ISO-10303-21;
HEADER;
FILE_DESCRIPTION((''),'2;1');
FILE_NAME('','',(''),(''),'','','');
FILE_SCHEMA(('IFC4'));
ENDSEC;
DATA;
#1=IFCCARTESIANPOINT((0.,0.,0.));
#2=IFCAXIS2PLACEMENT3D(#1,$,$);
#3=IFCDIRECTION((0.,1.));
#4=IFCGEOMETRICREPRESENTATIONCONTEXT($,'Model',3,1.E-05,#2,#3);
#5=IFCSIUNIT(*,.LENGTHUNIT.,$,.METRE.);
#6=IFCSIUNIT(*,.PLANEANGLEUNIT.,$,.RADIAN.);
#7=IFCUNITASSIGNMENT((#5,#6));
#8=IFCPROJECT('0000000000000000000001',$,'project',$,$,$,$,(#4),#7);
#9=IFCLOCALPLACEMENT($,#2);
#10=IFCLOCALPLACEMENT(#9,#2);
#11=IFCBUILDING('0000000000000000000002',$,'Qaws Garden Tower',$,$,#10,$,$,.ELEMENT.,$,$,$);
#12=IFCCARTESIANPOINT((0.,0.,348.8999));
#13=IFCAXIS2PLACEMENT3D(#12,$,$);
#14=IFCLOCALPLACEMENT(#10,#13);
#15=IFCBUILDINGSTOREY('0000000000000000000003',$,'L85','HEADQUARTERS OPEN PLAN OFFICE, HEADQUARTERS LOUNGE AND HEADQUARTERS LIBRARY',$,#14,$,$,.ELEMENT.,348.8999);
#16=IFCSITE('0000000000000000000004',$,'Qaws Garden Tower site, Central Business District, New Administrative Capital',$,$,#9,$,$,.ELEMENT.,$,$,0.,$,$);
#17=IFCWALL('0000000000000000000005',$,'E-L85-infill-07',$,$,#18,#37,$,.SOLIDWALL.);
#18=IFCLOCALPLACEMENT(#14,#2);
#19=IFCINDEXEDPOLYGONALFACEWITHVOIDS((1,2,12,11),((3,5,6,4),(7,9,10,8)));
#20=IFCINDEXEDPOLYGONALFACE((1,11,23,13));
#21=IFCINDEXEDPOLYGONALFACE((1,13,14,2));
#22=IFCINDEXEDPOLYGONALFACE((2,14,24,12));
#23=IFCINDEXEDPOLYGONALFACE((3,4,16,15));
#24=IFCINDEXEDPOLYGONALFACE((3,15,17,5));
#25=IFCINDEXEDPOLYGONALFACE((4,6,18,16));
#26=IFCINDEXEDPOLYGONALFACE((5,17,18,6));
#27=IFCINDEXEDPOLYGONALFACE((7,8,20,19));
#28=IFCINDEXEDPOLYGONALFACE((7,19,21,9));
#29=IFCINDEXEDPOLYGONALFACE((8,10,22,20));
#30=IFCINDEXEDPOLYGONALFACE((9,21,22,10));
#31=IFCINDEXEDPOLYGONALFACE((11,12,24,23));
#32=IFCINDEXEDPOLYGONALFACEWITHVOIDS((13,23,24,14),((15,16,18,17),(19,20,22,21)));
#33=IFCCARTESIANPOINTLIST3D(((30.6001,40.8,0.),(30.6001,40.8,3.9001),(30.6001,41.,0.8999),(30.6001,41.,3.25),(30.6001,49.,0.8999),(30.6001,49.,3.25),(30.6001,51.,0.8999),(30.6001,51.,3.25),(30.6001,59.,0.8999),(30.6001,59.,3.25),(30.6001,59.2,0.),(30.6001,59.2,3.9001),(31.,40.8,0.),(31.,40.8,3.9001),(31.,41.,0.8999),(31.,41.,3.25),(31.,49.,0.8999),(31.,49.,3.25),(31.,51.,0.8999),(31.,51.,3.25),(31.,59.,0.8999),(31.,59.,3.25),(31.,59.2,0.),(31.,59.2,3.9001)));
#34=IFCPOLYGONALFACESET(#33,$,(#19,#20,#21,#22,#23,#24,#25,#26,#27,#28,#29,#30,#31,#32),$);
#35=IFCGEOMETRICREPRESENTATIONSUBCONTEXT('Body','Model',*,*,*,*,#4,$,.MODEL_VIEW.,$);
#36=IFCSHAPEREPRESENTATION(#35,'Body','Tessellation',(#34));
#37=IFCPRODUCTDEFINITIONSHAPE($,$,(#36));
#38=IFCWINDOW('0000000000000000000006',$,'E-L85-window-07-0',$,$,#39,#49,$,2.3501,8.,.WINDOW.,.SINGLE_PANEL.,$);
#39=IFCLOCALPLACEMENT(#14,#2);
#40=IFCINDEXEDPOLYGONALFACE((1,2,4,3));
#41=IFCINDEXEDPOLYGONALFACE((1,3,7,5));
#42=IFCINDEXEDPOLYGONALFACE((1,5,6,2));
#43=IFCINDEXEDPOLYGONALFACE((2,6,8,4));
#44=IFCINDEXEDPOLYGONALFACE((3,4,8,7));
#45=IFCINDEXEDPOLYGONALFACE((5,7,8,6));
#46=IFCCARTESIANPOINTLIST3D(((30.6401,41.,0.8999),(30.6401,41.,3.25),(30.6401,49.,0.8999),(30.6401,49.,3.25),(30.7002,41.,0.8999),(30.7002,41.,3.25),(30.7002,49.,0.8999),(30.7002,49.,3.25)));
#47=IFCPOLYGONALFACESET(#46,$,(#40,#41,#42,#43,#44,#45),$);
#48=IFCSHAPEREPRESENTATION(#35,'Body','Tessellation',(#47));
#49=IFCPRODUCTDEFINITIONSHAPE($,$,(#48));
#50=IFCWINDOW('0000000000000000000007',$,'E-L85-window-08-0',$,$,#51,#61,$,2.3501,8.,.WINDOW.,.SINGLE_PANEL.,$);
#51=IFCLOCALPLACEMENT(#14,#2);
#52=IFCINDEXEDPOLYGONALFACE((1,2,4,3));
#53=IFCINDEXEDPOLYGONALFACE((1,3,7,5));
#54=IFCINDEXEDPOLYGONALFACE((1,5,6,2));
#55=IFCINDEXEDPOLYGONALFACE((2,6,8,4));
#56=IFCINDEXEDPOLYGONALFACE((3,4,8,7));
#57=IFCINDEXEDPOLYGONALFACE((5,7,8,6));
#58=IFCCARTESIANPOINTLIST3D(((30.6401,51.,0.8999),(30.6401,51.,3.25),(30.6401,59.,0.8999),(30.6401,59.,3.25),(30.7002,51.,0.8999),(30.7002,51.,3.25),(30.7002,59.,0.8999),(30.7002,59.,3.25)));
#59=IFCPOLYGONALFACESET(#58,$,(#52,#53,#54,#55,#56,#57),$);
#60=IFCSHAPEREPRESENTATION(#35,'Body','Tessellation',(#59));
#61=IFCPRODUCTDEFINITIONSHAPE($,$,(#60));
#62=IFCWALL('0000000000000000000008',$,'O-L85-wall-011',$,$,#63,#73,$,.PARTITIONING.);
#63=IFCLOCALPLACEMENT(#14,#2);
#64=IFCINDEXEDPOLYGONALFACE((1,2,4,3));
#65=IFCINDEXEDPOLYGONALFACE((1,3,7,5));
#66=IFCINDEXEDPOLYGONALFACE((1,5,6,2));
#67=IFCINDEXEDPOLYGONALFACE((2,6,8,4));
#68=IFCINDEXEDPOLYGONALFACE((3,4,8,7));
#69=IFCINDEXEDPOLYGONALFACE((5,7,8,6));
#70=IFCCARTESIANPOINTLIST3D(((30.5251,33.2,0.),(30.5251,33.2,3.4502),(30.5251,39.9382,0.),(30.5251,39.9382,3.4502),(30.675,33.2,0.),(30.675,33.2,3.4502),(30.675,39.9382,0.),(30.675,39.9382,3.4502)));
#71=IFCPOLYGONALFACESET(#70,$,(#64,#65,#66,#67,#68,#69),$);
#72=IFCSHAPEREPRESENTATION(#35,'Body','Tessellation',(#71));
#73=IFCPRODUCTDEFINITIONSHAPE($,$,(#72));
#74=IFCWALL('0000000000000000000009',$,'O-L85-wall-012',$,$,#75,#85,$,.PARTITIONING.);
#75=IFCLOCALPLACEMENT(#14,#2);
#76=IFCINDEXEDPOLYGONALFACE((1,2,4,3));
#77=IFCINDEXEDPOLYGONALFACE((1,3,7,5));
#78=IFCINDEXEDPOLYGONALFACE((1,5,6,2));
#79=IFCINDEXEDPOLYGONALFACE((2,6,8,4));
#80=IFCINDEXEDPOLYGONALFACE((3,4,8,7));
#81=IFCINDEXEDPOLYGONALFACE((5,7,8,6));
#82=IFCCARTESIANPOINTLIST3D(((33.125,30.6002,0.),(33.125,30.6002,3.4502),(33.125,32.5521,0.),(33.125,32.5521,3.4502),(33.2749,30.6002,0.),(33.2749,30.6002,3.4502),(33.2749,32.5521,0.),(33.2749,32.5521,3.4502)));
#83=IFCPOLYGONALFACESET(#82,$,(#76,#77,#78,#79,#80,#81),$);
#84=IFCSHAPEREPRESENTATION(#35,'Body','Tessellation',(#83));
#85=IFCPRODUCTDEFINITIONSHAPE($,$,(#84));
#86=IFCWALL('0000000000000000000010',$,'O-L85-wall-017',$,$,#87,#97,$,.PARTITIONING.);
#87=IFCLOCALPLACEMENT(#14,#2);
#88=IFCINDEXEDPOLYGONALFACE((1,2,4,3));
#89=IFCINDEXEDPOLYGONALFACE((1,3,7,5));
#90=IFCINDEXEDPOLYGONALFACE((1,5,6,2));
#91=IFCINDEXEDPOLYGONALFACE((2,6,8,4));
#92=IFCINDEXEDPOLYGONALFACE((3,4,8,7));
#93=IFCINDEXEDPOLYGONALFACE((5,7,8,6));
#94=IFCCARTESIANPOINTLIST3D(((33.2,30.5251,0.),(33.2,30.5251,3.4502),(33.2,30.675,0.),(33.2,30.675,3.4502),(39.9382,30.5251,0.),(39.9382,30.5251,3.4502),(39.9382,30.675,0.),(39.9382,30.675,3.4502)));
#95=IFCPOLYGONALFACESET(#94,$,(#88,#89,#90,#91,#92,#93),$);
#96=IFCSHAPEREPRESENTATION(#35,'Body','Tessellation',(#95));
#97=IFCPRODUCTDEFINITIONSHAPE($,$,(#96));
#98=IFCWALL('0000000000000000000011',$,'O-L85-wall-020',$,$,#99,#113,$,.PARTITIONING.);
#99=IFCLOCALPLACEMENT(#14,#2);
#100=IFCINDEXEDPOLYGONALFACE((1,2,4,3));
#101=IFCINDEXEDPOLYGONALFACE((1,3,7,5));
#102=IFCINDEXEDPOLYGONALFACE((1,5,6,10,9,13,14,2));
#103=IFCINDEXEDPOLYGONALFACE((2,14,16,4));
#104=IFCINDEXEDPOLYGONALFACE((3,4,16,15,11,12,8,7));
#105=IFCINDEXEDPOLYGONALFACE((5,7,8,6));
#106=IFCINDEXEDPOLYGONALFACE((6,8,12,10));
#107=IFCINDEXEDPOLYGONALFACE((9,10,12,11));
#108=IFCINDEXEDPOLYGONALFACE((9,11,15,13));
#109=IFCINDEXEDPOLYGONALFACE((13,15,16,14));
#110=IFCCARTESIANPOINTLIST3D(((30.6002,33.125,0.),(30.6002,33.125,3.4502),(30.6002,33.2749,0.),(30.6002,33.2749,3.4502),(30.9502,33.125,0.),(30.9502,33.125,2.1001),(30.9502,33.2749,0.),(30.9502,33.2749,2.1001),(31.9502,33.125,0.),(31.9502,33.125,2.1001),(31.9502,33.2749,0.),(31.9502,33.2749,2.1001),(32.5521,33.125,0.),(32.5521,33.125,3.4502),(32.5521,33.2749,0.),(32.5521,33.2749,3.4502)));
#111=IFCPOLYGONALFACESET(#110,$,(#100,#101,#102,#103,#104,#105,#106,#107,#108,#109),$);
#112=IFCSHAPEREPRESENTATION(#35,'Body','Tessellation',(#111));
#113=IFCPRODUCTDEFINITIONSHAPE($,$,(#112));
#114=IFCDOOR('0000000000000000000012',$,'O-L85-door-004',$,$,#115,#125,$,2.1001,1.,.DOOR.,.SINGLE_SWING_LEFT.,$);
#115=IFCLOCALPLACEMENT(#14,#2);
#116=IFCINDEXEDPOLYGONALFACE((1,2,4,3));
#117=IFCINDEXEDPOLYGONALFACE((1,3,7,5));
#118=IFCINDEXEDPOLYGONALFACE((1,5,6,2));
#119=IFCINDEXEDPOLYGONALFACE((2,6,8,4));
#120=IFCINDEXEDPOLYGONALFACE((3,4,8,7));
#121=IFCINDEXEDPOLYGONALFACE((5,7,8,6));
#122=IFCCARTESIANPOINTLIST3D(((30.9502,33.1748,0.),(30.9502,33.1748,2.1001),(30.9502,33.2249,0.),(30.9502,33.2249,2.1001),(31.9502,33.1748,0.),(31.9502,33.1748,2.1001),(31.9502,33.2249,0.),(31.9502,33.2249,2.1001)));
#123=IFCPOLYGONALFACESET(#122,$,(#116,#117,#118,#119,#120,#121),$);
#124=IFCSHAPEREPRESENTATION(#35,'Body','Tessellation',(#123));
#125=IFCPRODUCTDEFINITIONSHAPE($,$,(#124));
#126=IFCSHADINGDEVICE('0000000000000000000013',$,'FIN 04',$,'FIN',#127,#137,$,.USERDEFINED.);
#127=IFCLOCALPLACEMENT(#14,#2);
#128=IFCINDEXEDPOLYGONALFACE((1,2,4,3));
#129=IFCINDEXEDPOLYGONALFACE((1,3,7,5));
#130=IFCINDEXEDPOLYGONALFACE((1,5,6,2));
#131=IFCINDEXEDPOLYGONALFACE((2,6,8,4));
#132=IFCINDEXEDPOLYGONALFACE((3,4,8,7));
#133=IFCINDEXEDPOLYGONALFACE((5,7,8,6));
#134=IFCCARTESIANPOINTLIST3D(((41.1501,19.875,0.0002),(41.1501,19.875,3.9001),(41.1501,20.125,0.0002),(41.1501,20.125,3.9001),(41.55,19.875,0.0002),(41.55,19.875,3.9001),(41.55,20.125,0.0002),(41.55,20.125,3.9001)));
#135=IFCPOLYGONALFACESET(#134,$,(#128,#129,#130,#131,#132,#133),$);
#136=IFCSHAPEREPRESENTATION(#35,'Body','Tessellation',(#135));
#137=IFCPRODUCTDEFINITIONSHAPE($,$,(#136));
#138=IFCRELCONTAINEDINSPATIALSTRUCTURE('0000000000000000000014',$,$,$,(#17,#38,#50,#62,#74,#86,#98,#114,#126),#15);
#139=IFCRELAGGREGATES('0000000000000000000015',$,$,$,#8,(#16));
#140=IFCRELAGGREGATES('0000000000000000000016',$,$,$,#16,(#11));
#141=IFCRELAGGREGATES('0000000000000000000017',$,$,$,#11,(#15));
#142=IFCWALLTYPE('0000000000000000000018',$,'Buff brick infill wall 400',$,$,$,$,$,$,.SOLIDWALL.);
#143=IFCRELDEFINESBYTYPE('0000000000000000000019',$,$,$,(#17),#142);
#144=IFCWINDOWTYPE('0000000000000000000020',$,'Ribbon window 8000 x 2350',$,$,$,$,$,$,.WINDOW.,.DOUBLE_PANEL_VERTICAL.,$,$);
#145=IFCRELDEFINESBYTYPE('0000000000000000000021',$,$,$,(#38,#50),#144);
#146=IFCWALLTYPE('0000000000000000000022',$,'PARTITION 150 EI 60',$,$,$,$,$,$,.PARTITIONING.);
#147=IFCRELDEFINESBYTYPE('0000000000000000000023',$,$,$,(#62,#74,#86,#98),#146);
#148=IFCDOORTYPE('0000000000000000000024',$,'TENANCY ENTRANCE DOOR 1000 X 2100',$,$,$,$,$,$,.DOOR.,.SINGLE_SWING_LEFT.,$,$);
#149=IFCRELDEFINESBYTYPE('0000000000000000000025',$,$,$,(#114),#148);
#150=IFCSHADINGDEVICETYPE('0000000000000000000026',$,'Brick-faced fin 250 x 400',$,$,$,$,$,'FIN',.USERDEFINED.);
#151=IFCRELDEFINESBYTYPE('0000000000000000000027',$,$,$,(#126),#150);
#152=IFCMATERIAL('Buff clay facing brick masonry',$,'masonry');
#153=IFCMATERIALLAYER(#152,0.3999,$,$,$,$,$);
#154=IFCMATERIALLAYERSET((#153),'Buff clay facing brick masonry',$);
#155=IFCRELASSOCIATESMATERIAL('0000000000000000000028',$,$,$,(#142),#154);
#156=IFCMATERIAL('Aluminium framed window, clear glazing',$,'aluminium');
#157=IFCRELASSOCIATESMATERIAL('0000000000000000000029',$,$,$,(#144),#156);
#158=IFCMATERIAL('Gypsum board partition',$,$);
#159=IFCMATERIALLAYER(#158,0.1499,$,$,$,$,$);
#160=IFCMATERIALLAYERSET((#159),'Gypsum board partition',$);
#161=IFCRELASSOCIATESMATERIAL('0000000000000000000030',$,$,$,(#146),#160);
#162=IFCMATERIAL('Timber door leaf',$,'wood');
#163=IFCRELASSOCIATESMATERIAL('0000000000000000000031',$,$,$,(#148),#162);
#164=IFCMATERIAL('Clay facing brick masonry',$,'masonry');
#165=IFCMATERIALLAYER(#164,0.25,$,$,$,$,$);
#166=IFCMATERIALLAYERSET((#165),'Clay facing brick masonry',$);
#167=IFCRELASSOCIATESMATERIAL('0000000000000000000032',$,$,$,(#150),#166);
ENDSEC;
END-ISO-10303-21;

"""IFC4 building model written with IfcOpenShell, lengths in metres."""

from ifc_helpers import new_model, si_unit, direction, frame, frame_2d, origin, origin_2d, place, context, subcontext, project, spatial, rectangle, extrude, material, layer, layer_set, type_object, element, fill, save


model = new_model("IFC4")

# Units and contexts
model_context = context("Model", 3, precision=1e-05, world=origin(), true_north=direction((0.0, 1.0)))
body_context = subcontext(model_context, "Body", "Model", "MODEL_VIEW")
ifc_project = project(units=[si_unit("LENGTHUNIT", "METRE"), si_unit("PLANEANGLEUNIT", "RADIAN")], contexts=[model_context])

# Site, building, storey
site_placement = place(None, origin())
site = spatial("IfcSite", under=ifc_project, at=site_placement, Name="Qaws Garden Tower site, Central Business District, New Administrative Capital", CompositionType="ELEMENT", RefElevation=0.0)
building_placement = place(site_placement, origin())
building = spatial("IfcBuilding", under=site, at=building_placement, Name="Qaws Garden Tower", CompositionType="ELEMENT")
storey_placement = place(building_placement, frame((0.0, 0.0, 348.8999)))
storey = spatial("IfcBuildingStorey", under=building, at=storey_placement, Name="L85", Description="HEADQUARTERS OPEN PLAN OFFICE, HEADQUARTERS LOUNGE AND HEADQUARTERS LIBRARY", CompositionType="ELEMENT", Elevation=348.8999)

# Shared definitions
ifc_material_1 = material(Name="Buff clay facing brick masonry", Category="masonry")
ifc_layer_1 = layer(ifc_material_1, 0.3999)
ifc_layer_set_1 = layer_set([ifc_layer_1], Name="Buff clay facing brick masonry")
wall_type_1 = type_object("IfcWallType", Name="Buff brick infill wall 400", PredefinedType="SOLIDWALL", material=ifc_layer_set_1)

# Wall, openings, windows
wall_1_placement = place(storey_placement, frame((30.8, 40.8, 0.0), z_axis=(0.0, 0.0, 1.0), x_axis=(0.0, 1.0, 0.0)))
wall_1 = element("IfcWall", 1, at=wall_1_placement, inside=storey, type_object=wall_type_1, Name="E-L85-infill-07", PredefinedType="SOLIDWALL", context=body_context, shape_type="SweptSolid", body=[
    extrude(rectangle(XDim=18.3999, YDim=0.3999, at=frame_2d((9.2, 0.0))), origin(), (0.0, 0.0, 1.0), 3.9001),
])
opening_1_placement = place(wall_1_placement, frame((0.2, 0.0, 0.8999)))
opening_1 = element("IfcOpeningElement", 2, at=opening_1_placement, cuts=wall_1, PredefinedType="OPENING", context=body_context, shape_type="SweptSolid", body=[
    extrude(rectangle(XDim=8.0, YDim=2.3501, at=frame_2d((4.0, 1.175))), frame((0.0, 0.21, 0.0), z_axis=(0.0, -1.0, 0.0), x_axis=(1.0, 0.0, 0.0)), (0.0, 0.0, 1.0), 0.4199),
])
opening_2_placement = place(wall_1_placement, frame((10.2, 0.0, 0.8999)))
opening_2 = element("IfcOpeningElement", 3, at=opening_2_placement, cuts=wall_1, PredefinedType="OPENING", context=body_context, shape_type="SweptSolid", body=[
    extrude(rectangle(XDim=8.0, YDim=2.3501, at=frame_2d((4.0, 1.175))), frame((0.0, 0.21, 0.0), z_axis=(0.0, -1.0, 0.0), x_axis=(1.0, 0.0, 0.0)), (0.0, 0.0, 1.0), 0.4199),
])
ifc_material_2 = material(Name="Aluminium framed window, clear glazing", Category="aluminium")
window_type_1 = type_object("IfcWindowType", Name="Ribbon window 8000 x 2350", PartitioningType="DOUBLE_PANEL_VERTICAL", PredefinedType="WINDOW", material=ifc_material_2)
window_1_placement = place(opening_1_placement, origin())
window_1 = element("IfcWindow", 4, at=window_1_placement, inside=storey, type_object=window_type_1, Name="E-L85-window-07-0", OverallHeight=2.3501, OverallWidth=8.0, PartitioningType="SINGLE_PANEL", PredefinedType="WINDOW", context=body_context, shape_type="SweptSolid", body=[
    extrude(rectangle(XDim=8.0, YDim=2.3501, at=frame_2d((4.0, 1.175))), frame((0.0, 0.1599, 0.0), z_axis=(0.0, -1.0, 0.0), x_axis=(1.0, 0.0, 0.0)), (0.0, 0.0, 1.0), 0.0601),
])
fill(opening_1, window_1)
window_2_placement = place(opening_2_placement, origin())
window_2 = element("IfcWindow", 5, at=window_2_placement, inside=storey, type_object=window_type_1, Name="E-L85-window-08-0", OverallHeight=2.3501, OverallWidth=8.0, PartitioningType="SINGLE_PANEL", PredefinedType="WINDOW", context=body_context, shape_type="SweptSolid", body=[
    extrude(rectangle(XDim=8.0, YDim=2.3501, at=frame_2d((4.0, 1.175))), frame((0.0, 0.1599, 0.0), z_axis=(0.0, -1.0, 0.0), x_axis=(1.0, 0.0, 0.0)), (0.0, 0.0, 1.0), 0.0601),
])
fill(opening_2, window_2)

# Walls
ifc_material_3 = material(Name="Gypsum board partition")
ifc_layer_2 = layer(ifc_material_3, 0.1499)
ifc_layer_set_2 = layer_set([ifc_layer_2], Name="Gypsum board partition")
wall_type_2 = type_object("IfcWallType", Name="PARTITION 150 EI 60", PredefinedType="PARTITIONING", material=ifc_layer_set_2)
wall_2_placement = place(storey_placement, frame((30.6001, 33.2, 0.0), z_axis=(0.0, 0.0, 1.0), x_axis=(0.0, 1.0, 0.0)))
element("IfcWall", 6, at=wall_2_placement, inside=storey, type_object=wall_type_2, Name="O-L85-wall-011", PredefinedType="PARTITIONING", context=body_context, shape_type="SweptSolid", body=[
    extrude(rectangle(XDim=6.7383, YDim=0.1499, at=frame_2d((3.3691, 0.0))), origin(), (0.0, 0.0, 1.0), 3.4502),
])
wall_3_placement = place(storey_placement, frame((33.2, 30.6001, 0.0), z_axis=(0.0, 0.0, 1.0), x_axis=(0.0, 1.0, 0.0)))
element("IfcWall", 7, at=wall_3_placement, inside=storey, type_object=wall_type_2, Name="O-L85-wall-012", PredefinedType="PARTITIONING", context=body_context, shape_type="SweptSolid", body=[
    extrude(rectangle(XDim=1.9519, YDim=0.1499, at=frame_2d((0.9761, 0.0))), origin(), (0.0, 0.0, 1.0), 3.4502),
])
wall_4_placement = place(storey_placement, frame((33.2, 30.6001, 0.0), z_axis=(0.0, 0.0, 1.0), x_axis=(1.0, 0.0, 0.0)))
element("IfcWall", 8, at=wall_4_placement, inside=storey, type_object=wall_type_2, Name="O-L85-wall-017", PredefinedType="PARTITIONING", context=body_context, shape_type="SweptSolid", body=[
    extrude(rectangle(XDim=6.7383, YDim=0.1499, at=frame_2d((3.3691, 0.0))), origin(), (0.0, 0.0, 1.0), 3.4502),
])

# Wall, opening, door
wall_5_placement = place(storey_placement, frame((30.6001, 33.2, 0.0), z_axis=(0.0, 0.0, 1.0), x_axis=(1.0, 0.0, 0.0)))
wall_5 = element("IfcWall", 9, at=wall_5_placement, inside=storey, type_object=wall_type_2, Name="O-L85-wall-020", PredefinedType="PARTITIONING", context=body_context, shape_type="SweptSolid", body=[
    extrude(rectangle(XDim=1.9519, YDim=0.1499, at=frame_2d((0.9761, 0.0))), origin(), (0.0, 0.0, 1.0), 3.4502),
])
opening_3_placement = place(wall_5_placement, frame((0.3501, 0.0, 0.0)))
opening_3 = element("IfcOpeningElement", 10, at=opening_3_placement, cuts=wall_5, PredefinedType="OPENING", context=body_context, shape_type="SweptSolid", body=[
    extrude(rectangle(XDim=1.0, YDim=2.1001, at=frame_2d((0.5, 1.05))), frame((0.0, 0.085, 0.0), z_axis=(0.0, -1.0, 0.0), x_axis=(1.0, 0.0, 0.0)), (0.0, 0.0, 1.0), 0.1699),
])
ifc_material_4 = material(Name="Timber door leaf", Category="wood")
door_type = type_object("IfcDoorType", Name="TENANCY ENTRANCE DOOR 1000 X 2100", OperationType="SINGLE_SWING_LEFT", PredefinedType="DOOR", material=ifc_material_4)
door_placement = place(opening_3_placement, origin())
door = element("IfcDoor", 11, at=door_placement, inside=storey, type_object=door_type, Name="O-L85-door-004", OperationType="SINGLE_SWING_LEFT", OverallHeight=2.1001, OverallWidth=1.0, PredefinedType="DOOR", context=body_context, shape_type="SweptSolid", body=[
    extrude(rectangle(XDim=1.0, YDim=2.1001, at=frame_2d((0.5, 1.05))), frame((0.0, 0.0249, 0.0), z_axis=(0.0, -1.0, 0.0), x_axis=(1.0, 0.0, 0.0)), (0.0, 0.0, 1.0), 0.05),
])
fill(opening_3, door)

# Shading device
ifc_material_5 = material(Name="Clay facing brick masonry", Category="masonry")
ifc_layer_3 = layer(ifc_material_5, 0.25)
ifc_layer_set_3 = layer_set([ifc_layer_3], Name="Clay facing brick masonry")
shading_device_type = type_object("IfcShadingDeviceType", Name="Brick-faced fin 250 x 400", ElementType="FIN", PredefinedType="USERDEFINED", material=ifc_layer_set_3)
shading_device_placement = place(storey_placement, frame((41.3501, 20.0, 0.0002), z_axis=(0.0, 0.0, 1.0), x_axis=(0.0, 1.0, 0.0)))
element("IfcShadingDevice", 12, at=shading_device_placement, inside=storey, type_object=shading_device_type, Name="FIN 04", ObjectType="FIN", PredefinedType="USERDEFINED", context=body_context, shape_type="SweptSolid", body=[
    extrude(rectangle(XDim=0.25, YDim=0.3999, at=origin_2d()), origin(), (0.0, 0.0, 1.0), 3.8999),
])

save(model, "model.ifc")
